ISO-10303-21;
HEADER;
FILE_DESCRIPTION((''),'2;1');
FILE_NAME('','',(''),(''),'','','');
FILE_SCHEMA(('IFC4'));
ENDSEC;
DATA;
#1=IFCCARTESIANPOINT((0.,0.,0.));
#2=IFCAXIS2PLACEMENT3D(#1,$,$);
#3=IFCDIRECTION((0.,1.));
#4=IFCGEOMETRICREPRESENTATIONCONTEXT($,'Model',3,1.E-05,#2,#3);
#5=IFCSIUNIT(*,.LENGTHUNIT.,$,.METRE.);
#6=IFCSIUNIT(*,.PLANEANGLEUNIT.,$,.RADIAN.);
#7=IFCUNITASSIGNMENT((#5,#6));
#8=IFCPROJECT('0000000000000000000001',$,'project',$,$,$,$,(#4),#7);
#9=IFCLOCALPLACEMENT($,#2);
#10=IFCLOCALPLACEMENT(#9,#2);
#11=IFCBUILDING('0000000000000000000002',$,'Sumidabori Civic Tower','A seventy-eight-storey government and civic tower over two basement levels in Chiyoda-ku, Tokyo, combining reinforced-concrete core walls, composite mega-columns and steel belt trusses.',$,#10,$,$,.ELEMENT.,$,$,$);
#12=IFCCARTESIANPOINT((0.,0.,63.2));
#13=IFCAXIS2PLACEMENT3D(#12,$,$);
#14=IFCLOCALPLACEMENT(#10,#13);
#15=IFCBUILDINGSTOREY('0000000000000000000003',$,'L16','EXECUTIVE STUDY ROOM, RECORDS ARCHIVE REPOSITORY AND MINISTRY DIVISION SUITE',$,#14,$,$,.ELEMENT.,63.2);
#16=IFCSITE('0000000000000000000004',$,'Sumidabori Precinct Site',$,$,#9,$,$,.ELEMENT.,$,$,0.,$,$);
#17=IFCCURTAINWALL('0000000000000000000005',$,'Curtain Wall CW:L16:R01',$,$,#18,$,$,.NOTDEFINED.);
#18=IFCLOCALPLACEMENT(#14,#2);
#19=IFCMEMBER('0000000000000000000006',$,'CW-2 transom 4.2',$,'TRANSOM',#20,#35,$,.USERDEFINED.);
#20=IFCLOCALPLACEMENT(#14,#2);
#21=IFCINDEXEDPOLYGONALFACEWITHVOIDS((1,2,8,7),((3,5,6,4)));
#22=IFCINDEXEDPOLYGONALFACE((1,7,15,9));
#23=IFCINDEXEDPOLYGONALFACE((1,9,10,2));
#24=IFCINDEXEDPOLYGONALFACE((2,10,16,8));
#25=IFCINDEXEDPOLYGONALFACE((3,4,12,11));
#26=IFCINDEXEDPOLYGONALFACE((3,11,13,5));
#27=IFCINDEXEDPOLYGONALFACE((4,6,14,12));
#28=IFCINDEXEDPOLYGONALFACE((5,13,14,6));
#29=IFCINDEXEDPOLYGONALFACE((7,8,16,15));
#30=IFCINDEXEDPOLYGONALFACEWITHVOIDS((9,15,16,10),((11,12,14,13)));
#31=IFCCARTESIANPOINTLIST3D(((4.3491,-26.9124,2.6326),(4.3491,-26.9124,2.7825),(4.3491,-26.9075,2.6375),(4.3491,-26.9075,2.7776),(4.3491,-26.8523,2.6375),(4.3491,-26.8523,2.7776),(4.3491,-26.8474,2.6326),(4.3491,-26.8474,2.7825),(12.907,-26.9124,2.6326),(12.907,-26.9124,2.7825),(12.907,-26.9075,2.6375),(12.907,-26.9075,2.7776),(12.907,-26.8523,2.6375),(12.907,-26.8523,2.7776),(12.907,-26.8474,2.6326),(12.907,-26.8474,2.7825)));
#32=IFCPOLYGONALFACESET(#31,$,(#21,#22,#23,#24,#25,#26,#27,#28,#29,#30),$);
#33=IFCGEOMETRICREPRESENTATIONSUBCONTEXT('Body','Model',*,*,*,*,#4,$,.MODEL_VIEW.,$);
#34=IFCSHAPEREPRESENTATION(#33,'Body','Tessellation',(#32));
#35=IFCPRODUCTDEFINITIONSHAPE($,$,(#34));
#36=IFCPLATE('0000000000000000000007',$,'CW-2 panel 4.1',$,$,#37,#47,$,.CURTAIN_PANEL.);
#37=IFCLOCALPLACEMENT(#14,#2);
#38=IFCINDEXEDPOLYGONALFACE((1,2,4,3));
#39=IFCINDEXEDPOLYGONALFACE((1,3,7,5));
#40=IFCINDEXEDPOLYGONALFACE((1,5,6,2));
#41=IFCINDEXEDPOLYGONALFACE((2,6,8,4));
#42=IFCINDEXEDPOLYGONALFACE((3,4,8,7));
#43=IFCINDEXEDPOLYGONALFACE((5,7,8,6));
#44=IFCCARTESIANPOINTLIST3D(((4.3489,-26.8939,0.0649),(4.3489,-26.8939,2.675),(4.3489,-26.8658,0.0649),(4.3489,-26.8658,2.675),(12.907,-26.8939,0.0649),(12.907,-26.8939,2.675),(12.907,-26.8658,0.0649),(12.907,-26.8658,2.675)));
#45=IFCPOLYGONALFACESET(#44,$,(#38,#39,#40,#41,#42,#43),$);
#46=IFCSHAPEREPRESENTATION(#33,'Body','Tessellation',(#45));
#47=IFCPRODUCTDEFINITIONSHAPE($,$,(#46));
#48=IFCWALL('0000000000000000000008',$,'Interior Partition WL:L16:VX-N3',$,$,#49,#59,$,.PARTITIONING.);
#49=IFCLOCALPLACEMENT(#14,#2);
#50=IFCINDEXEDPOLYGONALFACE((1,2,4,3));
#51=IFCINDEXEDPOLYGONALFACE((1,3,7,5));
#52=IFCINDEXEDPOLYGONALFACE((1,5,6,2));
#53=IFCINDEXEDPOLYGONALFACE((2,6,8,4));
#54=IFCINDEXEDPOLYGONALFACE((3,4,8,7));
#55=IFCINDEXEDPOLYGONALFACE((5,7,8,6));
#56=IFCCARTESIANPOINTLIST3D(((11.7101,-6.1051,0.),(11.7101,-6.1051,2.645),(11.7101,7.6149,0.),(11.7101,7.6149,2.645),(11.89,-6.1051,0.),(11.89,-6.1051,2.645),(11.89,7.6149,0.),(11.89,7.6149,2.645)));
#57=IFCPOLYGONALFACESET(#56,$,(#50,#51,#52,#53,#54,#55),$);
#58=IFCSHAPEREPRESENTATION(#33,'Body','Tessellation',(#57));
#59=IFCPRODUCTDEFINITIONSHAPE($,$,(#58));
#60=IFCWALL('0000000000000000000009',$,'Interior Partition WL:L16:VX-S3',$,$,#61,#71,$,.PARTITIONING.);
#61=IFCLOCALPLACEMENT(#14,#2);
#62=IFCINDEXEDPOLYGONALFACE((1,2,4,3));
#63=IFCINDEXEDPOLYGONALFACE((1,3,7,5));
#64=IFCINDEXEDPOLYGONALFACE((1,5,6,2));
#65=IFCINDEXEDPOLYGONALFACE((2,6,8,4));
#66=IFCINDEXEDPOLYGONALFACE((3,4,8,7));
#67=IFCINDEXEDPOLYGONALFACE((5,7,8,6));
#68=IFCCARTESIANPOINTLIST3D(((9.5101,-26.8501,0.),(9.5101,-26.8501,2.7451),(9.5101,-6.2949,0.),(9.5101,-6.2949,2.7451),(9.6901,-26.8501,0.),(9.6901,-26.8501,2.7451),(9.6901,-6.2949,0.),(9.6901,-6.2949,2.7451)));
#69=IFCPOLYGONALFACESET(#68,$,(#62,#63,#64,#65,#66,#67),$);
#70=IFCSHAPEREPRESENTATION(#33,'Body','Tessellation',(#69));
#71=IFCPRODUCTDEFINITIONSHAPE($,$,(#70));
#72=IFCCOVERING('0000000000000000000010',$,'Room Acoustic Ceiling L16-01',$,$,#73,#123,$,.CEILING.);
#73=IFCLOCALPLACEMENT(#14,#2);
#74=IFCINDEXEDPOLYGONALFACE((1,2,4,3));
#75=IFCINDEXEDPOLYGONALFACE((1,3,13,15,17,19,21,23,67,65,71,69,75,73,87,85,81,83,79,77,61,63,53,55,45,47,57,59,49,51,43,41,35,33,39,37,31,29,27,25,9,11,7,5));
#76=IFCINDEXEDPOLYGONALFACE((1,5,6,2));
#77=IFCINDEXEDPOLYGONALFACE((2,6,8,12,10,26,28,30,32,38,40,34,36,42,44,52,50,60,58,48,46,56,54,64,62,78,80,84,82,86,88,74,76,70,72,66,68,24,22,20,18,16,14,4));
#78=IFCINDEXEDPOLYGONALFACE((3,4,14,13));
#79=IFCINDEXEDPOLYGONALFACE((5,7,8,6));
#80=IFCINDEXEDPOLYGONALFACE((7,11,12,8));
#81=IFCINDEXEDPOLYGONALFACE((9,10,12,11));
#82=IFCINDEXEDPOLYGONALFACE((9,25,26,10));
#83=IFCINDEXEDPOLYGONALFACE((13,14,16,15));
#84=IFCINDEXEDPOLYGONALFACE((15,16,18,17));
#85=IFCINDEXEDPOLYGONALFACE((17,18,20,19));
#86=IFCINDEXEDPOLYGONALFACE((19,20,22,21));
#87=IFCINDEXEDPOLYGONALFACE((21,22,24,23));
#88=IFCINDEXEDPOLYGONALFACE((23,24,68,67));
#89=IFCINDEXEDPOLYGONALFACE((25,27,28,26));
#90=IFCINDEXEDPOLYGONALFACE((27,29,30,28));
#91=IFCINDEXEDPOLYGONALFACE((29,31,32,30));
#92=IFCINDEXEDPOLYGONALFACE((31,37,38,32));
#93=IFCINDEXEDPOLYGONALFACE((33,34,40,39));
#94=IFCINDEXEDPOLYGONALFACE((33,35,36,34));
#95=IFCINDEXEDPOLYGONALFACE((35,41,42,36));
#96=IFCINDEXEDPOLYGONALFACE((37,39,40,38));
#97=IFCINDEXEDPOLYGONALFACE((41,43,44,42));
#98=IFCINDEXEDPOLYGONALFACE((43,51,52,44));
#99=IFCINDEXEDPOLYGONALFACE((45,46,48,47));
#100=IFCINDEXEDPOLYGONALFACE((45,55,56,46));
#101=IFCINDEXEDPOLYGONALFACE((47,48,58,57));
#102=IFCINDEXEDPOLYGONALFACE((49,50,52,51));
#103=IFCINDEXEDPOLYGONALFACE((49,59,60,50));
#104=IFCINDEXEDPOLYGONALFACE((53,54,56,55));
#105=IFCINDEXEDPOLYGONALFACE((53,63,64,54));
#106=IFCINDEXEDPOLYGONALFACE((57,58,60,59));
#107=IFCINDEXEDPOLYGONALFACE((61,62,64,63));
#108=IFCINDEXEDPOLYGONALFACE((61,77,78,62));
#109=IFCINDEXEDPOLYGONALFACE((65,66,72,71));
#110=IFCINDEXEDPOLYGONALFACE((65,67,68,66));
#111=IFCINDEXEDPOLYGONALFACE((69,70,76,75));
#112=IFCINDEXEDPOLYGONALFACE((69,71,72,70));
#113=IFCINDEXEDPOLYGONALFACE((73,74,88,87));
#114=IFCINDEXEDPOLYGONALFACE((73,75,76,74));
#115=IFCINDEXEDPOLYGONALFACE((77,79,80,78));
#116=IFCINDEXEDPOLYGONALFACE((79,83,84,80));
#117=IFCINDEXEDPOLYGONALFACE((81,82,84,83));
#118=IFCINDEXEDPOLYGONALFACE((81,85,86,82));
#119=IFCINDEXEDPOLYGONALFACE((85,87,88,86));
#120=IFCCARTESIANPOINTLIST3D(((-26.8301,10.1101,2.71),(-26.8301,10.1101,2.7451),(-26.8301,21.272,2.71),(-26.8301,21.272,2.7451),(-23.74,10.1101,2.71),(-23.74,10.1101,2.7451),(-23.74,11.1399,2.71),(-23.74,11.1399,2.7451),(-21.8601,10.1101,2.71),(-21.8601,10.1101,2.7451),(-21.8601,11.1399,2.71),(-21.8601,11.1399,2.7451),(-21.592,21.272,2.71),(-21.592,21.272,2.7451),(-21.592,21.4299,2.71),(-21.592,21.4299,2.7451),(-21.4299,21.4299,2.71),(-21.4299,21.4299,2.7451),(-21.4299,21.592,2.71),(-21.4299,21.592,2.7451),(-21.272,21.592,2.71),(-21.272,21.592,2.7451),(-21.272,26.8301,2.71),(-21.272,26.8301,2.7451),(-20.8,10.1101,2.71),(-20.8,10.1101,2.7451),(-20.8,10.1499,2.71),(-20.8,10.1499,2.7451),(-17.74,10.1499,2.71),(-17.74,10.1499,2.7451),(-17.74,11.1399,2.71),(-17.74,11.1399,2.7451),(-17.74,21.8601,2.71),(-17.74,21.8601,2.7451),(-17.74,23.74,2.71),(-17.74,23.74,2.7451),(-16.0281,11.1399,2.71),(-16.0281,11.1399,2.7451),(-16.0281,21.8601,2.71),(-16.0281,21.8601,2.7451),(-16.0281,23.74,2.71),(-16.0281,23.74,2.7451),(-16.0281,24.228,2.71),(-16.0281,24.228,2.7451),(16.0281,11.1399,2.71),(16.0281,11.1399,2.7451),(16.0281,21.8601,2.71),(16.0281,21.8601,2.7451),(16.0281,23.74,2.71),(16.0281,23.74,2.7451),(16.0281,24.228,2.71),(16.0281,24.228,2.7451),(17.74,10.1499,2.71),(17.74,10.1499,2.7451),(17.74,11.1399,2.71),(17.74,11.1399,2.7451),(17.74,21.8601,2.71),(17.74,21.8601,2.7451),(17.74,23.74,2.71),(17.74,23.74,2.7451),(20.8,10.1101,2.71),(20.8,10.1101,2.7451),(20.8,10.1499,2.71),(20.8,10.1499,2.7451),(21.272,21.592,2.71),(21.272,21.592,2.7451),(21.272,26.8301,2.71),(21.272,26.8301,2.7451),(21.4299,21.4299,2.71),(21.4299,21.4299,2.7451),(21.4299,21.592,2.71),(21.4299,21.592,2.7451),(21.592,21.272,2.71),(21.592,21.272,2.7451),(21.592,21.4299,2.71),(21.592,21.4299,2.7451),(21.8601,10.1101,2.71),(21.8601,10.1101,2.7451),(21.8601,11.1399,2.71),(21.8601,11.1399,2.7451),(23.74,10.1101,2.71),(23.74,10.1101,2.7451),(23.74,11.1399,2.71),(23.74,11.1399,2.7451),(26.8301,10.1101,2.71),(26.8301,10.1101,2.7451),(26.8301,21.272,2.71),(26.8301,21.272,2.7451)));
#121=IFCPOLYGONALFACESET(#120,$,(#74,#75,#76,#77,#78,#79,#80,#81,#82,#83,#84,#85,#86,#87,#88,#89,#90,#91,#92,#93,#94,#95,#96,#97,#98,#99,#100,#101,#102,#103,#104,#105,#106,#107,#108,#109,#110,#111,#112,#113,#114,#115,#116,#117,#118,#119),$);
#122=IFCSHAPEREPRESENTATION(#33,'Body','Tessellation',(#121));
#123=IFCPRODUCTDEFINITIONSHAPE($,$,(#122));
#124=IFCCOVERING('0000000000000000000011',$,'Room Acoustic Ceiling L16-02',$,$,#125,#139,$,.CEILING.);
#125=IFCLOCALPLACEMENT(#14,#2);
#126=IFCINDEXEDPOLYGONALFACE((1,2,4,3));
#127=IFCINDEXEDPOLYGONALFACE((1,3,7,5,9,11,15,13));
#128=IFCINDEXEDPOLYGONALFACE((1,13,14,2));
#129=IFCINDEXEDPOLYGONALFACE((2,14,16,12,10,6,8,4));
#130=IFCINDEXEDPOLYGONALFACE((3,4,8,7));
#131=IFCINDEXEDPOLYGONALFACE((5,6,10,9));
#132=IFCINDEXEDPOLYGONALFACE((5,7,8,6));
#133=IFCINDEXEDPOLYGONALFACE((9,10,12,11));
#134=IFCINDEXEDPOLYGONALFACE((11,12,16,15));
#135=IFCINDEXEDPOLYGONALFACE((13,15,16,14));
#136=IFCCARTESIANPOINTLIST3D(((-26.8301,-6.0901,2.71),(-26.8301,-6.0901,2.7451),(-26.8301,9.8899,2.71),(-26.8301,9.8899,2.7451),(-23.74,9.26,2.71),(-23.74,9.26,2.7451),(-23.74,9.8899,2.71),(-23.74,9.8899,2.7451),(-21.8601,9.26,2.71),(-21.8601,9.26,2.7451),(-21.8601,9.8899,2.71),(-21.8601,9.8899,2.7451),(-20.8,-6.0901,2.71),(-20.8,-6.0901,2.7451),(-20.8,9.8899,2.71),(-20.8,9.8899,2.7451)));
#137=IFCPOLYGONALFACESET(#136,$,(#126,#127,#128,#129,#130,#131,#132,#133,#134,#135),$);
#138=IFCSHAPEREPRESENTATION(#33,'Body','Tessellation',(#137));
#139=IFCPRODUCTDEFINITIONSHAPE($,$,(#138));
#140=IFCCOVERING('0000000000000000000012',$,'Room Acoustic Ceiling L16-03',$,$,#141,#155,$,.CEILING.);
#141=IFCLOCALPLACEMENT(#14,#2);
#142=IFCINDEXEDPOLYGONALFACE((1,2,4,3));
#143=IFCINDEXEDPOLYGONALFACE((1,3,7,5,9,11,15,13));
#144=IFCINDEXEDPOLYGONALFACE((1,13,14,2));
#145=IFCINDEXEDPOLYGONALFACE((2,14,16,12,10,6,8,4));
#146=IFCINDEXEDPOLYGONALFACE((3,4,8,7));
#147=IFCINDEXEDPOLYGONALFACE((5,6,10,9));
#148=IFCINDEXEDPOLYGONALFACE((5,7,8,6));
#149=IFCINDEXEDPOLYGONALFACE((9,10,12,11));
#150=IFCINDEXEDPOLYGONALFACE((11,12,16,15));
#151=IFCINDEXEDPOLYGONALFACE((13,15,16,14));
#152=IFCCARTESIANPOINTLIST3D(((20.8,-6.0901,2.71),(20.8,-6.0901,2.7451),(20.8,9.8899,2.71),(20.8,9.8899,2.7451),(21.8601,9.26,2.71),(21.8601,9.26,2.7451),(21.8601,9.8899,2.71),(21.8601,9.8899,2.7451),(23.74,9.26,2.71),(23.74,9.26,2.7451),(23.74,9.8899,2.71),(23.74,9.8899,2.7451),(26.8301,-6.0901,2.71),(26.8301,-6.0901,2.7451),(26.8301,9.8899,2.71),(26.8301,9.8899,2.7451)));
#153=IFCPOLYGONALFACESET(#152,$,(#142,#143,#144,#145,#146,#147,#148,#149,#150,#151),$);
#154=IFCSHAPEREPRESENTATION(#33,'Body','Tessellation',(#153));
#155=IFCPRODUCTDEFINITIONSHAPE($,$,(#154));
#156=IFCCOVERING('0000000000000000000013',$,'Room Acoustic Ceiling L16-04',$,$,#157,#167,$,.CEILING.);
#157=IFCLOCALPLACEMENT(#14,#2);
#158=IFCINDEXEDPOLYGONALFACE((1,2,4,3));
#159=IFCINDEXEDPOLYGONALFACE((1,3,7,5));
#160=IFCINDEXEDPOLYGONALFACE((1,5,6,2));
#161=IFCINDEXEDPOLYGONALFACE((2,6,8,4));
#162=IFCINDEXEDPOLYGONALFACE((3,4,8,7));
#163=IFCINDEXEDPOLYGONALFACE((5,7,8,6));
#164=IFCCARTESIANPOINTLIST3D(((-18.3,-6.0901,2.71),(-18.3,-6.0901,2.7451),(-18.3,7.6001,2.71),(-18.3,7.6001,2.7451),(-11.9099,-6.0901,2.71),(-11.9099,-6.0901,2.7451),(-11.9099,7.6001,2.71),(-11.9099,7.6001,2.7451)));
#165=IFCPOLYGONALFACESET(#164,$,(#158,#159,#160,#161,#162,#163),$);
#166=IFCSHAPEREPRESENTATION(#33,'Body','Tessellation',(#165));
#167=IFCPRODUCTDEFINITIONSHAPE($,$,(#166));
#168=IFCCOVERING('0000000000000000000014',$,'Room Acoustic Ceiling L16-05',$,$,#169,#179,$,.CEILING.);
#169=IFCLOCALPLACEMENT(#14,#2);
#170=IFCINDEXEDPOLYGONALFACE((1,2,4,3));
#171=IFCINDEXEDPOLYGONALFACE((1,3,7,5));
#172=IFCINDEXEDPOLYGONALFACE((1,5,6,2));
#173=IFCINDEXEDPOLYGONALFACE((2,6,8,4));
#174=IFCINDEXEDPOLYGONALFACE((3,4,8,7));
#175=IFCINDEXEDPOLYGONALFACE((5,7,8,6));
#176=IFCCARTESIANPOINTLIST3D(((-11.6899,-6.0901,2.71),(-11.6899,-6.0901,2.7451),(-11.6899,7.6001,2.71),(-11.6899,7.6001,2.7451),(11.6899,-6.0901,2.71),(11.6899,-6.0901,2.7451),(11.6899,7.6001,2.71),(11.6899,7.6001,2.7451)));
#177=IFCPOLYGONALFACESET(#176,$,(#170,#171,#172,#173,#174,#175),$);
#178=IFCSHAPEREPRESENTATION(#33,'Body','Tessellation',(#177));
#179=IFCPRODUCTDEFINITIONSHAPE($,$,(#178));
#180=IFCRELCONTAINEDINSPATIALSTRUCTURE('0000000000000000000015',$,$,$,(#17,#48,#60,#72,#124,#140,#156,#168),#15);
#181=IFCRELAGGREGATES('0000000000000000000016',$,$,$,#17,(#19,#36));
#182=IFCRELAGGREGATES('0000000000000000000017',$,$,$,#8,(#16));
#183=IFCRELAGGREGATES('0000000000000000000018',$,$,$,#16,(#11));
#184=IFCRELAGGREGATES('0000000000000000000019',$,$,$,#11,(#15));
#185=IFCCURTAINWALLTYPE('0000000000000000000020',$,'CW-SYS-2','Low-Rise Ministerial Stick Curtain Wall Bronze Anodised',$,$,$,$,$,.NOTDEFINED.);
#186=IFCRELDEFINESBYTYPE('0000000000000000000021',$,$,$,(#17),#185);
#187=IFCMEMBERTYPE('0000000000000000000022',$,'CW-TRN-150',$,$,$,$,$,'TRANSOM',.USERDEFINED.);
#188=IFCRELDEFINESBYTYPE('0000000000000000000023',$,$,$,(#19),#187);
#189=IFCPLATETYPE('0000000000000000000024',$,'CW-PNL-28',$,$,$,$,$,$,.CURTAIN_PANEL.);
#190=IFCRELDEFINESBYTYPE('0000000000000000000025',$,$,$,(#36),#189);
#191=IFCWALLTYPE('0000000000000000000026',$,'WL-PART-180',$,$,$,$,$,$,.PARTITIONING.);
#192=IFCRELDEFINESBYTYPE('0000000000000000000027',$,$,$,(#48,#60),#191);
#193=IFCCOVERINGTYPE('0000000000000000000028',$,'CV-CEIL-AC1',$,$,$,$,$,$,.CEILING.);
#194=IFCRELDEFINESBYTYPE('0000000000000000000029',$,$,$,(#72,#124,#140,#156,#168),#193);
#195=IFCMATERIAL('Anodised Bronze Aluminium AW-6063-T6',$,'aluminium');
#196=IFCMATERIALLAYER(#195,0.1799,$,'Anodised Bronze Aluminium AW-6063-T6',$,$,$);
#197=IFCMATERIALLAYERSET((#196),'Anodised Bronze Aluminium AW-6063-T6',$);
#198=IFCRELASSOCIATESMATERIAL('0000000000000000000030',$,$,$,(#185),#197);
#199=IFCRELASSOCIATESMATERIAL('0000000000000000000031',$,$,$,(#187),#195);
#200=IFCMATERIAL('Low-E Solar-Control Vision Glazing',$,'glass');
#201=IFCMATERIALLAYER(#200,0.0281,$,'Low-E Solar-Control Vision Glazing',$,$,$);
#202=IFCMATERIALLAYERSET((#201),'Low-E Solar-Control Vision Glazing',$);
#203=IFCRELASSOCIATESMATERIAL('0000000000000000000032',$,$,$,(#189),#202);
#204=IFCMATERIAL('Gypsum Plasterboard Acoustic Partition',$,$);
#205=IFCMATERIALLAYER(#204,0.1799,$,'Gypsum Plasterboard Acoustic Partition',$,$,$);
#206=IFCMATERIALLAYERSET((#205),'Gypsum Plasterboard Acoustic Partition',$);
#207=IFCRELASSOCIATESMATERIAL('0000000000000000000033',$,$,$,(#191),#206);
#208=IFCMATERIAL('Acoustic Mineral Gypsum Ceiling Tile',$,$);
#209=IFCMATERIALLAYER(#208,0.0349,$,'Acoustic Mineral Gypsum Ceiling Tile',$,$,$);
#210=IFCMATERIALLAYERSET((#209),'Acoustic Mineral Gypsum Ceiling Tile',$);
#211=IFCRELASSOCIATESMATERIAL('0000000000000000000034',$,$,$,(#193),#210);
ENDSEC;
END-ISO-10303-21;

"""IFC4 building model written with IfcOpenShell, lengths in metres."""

from ifc_helpers import new_model, si_unit, direction, frame, frame_2d, origin, origin_2d, place, context, subcontext, project, spatial, polyline, rectangle, hollow_rectangle, outline, extrude, source, transform, mapped, material, layer, layer_set, material_profile, profile_set, type_object, element, aggregate, save


model = new_model("IFC4")

# Units and contexts
model_context = context("Model", 3, precision=1e-05, world=origin(), true_north=direction((0.0, 1.0)))
body_context = subcontext(model_context, "Body", "Model", "MODEL_VIEW")
ifc_project = project(units=[si_unit("LENGTHUNIT", "METRE"), si_unit("PLANEANGLEUNIT", "RADIAN")], contexts=[model_context])

# Site, building, storey
site_placement = place(None, origin())
site = spatial("IfcSite", under=ifc_project, at=site_placement, Name="Sumidabori Precinct Site", CompositionType="ELEMENT", RefElevation=0.0)
building_placement = place(site_placement, origin())
building = spatial("IfcBuilding", under=site, at=building_placement, Name="Sumidabori Civic Tower", Description="A seventy-eight-storey government and civic tower over two basement levels in Chiyoda-ku, Tokyo, combining reinforced-concrete core walls, composite mega-columns and steel belt trusses.", CompositionType="ELEMENT")
storey_placement = place(building_placement, frame((0.0, 0.0, 63.2)))
storey = spatial("IfcBuildingStorey", under=building, at=storey_placement, Name="L16", Description="EXECUTIVE STUDY ROOM, RECORDS ARCHIVE REPOSITORY AND MINISTRY DIVISION SUITE", CompositionType="ELEMENT", Elevation=63.2)

# Curtain wall, member, plate
ifc_material_1 = material(Name="Anodised Bronze Aluminium AW-6063-T6", Category="aluminium")
ifc_layer_1 = layer(ifc_material_1, 0.1799, Name="Anodised Bronze Aluminium AW-6063-T6")
ifc_layer_set_1 = layer_set([ifc_layer_1], Name="Anodised Bronze Aluminium AW-6063-T6")
curtain_wall_type = type_object("IfcCurtainWallType", Name="CW-SYS-2", Description="Low-Rise Ministerial Stick Curtain Wall Bronze Anodised", PredefinedType="NOTDEFINED", material=ifc_layer_set_1)
curtain_wall_placement = place(storey_placement, origin())
curtain_wall = element("IfcCurtainWall", 1, at=curtain_wall_placement, inside=storey, type_object=curtain_wall_type, Name="Curtain Wall CW:L16:R01", PredefinedType="NOTDEFINED")
ifc_material_profile_1 = material_profile(ifc_material_1, hollow_rectangle(XDim=0.0649, YDim=0.1499, WallThickness=0.0049, at=origin_2d()), Name="ALU TRANSOM 150x65")
ifc_profile_set_1 = profile_set([ifc_material_profile_1], Name="Anodised Bronze Aluminium AW-6063-T6")
member_type_1 = type_object("IfcMemberType", Name="CW-TRN-150", ElementType="TRANSOM", PredefinedType="USERDEFINED", material=ifc_profile_set_1)
shared_shape_1 = source(origin(), body_context, "Body", "SweptSolid", [
    extrude(hollow_rectangle(XDim=0.0649, YDim=0.1499, WallThickness=0.0049, at=origin_2d()), origin(), (0.0, 0.0, 1.0), 8.5579),
])
member_1_placement = place(storey_placement, frame((4.3491, -26.8799, 2.7075), z_axis=(1.0, 0.0, 0.0), x_axis=(0.0, 1.0, 0.0)))
member_1 = element("IfcMember", 2, at=member_1_placement, type_object=member_type_1, Name="CW-2 transom 4.2", ObjectType="TRANSOM", PredefinedType="USERDEFINED", context=body_context, shape_type="MappedRepresentation", body=[
    mapped(shared_shape_1, transform((0.0, 0.0, 0.0), x_axis=(1.0, 0.0, 0.0), y_axis=(0.0, 1.0, 0.0), z_axis=(0.0, 0.0, 1.0), scale=1.0)),
])
ifc_material_2 = material(Name="Low-E Solar-Control Vision Glazing", Category="glass")
ifc_layer_2 = layer(ifc_material_2, 0.0281, Name="Low-E Solar-Control Vision Glazing")
ifc_layer_set_2 = layer_set([ifc_layer_2], Name="Low-E Solar-Control Vision Glazing")
plate_type = type_object("IfcPlateType", Name="CW-PNL-28", PredefinedType="CURTAIN_PANEL", material=ifc_layer_set_2)
shared_shape_2 = source(origin(), body_context, "Body", "SweptSolid", [
    extrude(rectangle(XDim=8.5581, YDim=0.0281, at=origin_2d()), origin(), (0.0, 0.0, 1.0), 2.6101),
])
plate_placement = place(storey_placement, frame((8.6279, -26.8799, 0.0649), z_axis=(0.0, 0.0, 1.0), x_axis=(1.0, 0.0, 0.0)))
plate = element("IfcPlate", 3, at=plate_placement, type_object=plate_type, Name="CW-2 panel 4.1", PredefinedType="CURTAIN_PANEL", context=body_context, shape_type="MappedRepresentation", body=[
    mapped(shared_shape_2, transform((0.0, 0.0, 0.0), x_axis=(1.0, 0.0, 0.0), y_axis=(0.0, 1.0, 0.0), z_axis=(0.0, 0.0, 1.0), scale=1.0)),
])
aggregate(curtain_wall, [member_1, plate])

# Walls
ifc_material_3 = material(Name="Gypsum Plasterboard Acoustic Partition")
ifc_layer_3 = layer(ifc_material_3, 0.1799, Name="Gypsum Plasterboard Acoustic Partition")
ifc_layer_set_3 = layer_set([ifc_layer_3], Name="Gypsum Plasterboard Acoustic Partition")
wall_type = type_object("IfcWallType", Name="WL-PART-180", PredefinedType="PARTITIONING", material=ifc_layer_set_3)
shared_shape_3 = source(origin(), body_context, "Body", "SweptSolid", [
    extrude(rectangle(XDim=13.72, YDim=0.1799, at=frame_2d((6.8599, 0.0))), origin(), (0.0, 0.0, 1.0), 2.645),
])
wall_1_placement = place(storey_placement, frame((11.8, -6.105, 0.0), z_axis=(0.0, 0.0, 1.0), x_axis=(0.0, 1.0, 0.0)))
element("IfcWall", 4, at=wall_1_placement, inside=storey, type_object=wall_type, Name="Interior Partition WL:L16:VX-N3", PredefinedType="PARTITIONING", context=body_context, shape_type="MappedRepresentation", body=[
    mapped(shared_shape_3, transform((0.0, 0.0, 0.0), x_axis=(1.0, 0.0, 0.0), y_axis=(0.0, 1.0, 0.0), z_axis=(0.0, 0.0, 1.0), scale=1.0)),
])
shared_shape_4 = source(origin(), body_context, "Body", "SweptSolid", [
    extrude(rectangle(XDim=20.5552, YDim=0.1799, at=frame_2d((10.2776, 0.0))), origin(), (0.0, 0.0, 1.0), 2.7451),
])
wall_2_placement = place(storey_placement, frame((9.6001, -26.8501, 0.0), z_axis=(0.0, 0.0, 1.0), x_axis=(0.0, 1.0, 0.0)))
element("IfcWall", 5, at=wall_2_placement, inside=storey, type_object=wall_type, Name="Interior Partition WL:L16:VX-S3", PredefinedType="PARTITIONING", context=body_context, shape_type="MappedRepresentation", body=[
    mapped(shared_shape_4, transform((0.0, 0.0, 0.0), x_axis=(1.0, 0.0, 0.0), y_axis=(0.0, 1.0, 0.0), z_axis=(0.0, 0.0, 1.0), scale=1.0)),
])

# Coverings
ifc_material_4 = material(Name="Acoustic Mineral Gypsum Ceiling Tile")
ifc_layer_4 = layer(ifc_material_4, 0.0349, Name="Acoustic Mineral Gypsum Ceiling Tile")
ifc_layer_set_4 = layer_set([ifc_layer_4], Name="Acoustic Mineral Gypsum Ceiling Tile")
covering_type_1 = type_object("IfcCoveringType", Name="CV-CEIL-AC1", PredefinedType="CEILING", material=ifc_layer_set_4)
covering_1_placement = place(storey_placement, frame((0.0, 0.0, 2.71)))
element("IfcCovering", 6, at=covering_1_placement, inside=storey, type_object=covering_type_1, Name="Room Acoustic Ceiling L16-01", PredefinedType="CEILING", context=body_context, shape_type="SweptSolid", body=[
    extrude(outline(polyline([(-21.592, 21.4299), (-21.4299, 21.4299), (-21.4299, 21.592), (-21.272, 21.592), (-21.272, 26.8301), (21.272, 26.8301), (21.272, 21.592), (21.4299, 21.592), (21.4299, 21.4299), (21.592, 21.4299), (21.592, 21.272), (26.8301, 21.272), (26.8301, 10.1101), (23.74, 10.1101), (23.74, 11.1399), (21.8601, 11.1399), (21.8601, 10.1101), (20.8, 10.1101), (20.8, 10.1499), (17.74, 10.1499), (17.74, 11.1399), (16.0281, 11.1399), (16.0281, 21.8601), (17.74, 21.8601), (17.74, 23.74), (16.0281, 23.74), (16.0281, 24.228), (-16.0281, 24.228), (-16.0281, 23.74), (-17.74, 23.74), (-17.74, 21.8601), (-16.0281, 21.8601), (-16.0281, 11.1399), (-17.74, 11.1399), (-17.74, 10.1499), (-20.8, 10.1499), (-20.8, 10.1101), (-21.8601, 10.1101), (-21.8601, 11.1399), (-23.74, 11.1399), (-23.74, 10.1101), (-26.8301, 10.1101), (-26.8301, 21.272), (-21.592, 21.272), (-21.592, 21.4299)])), origin(), (0.0, 0.0, 1.0), 0.0352),
])
covering_2_placement = place(storey_placement, frame((0.0, 0.0, 2.71)))
element("IfcCovering", 7, at=covering_2_placement, inside=storey, type_object=covering_type_1, Name="Room Acoustic Ceiling L16-02", PredefinedType="CEILING", context=body_context, shape_type="SweptSolid", body=[
    extrude(outline(polyline([(-26.8301, -6.0901), (-26.8301, 9.8899), (-23.74, 9.8899), (-23.74, 9.26), (-21.8601, 9.26), (-21.8601, 9.8899), (-20.8, 9.8899), (-20.8, -6.0901), (-26.8301, -6.0901)])), origin(), (0.0, 0.0, 1.0), 0.0352),
])
covering_3_placement = place(storey_placement, frame((0.0, 0.0, 2.71)))
element("IfcCovering", 8, at=covering_3_placement, inside=storey, type_object=covering_type_1, Name="Room Acoustic Ceiling L16-03", PredefinedType="CEILING", context=body_context, shape_type="SweptSolid", body=[
    extrude(outline(polyline([(20.8, 9.8899), (21.8601, 9.8899), (21.8601, 9.26), (23.74, 9.26), (23.74, 9.8899), (26.8301, 9.8899), (26.8301, -6.0901), (20.8, -6.0901), (20.8, 9.8899)])), origin(), (0.0, 0.0, 1.0), 0.0352),
])
covering_4_placement = place(storey_placement, frame((0.0, 0.0, 2.71)))
element("IfcCovering", 9, at=covering_4_placement, inside=storey, type_object=covering_type_1, Name="Room Acoustic Ceiling L16-04", PredefinedType="CEILING", context=body_context, shape_type="SweptSolid", body=[
    extrude(outline(polyline([(-18.3, 7.6001), (-11.9099, 7.6001), (-11.9099, -6.0901), (-18.3, -6.0901), (-18.3, 7.6001)])), origin(), (0.0, 0.0, 1.0), 0.0352),
])
covering_5_placement = place(storey_placement, frame((0.0, 0.0, 2.71)))
element("IfcCovering", 10, at=covering_5_placement, inside=storey, type_object=covering_type_1, Name="Room Acoustic Ceiling L16-05", PredefinedType="CEILING", context=body_context, shape_type="SweptSolid", body=[
    extrude(outline(polyline([(-11.6899, 7.6001), (11.6899, 7.6001), (11.6899, -6.0901), (-11.6899, -6.0901), (-11.6899, 7.6001)])), origin(), (0.0, 0.0, 1.0), 0.0352),
])

save(model, "model.ifc")
